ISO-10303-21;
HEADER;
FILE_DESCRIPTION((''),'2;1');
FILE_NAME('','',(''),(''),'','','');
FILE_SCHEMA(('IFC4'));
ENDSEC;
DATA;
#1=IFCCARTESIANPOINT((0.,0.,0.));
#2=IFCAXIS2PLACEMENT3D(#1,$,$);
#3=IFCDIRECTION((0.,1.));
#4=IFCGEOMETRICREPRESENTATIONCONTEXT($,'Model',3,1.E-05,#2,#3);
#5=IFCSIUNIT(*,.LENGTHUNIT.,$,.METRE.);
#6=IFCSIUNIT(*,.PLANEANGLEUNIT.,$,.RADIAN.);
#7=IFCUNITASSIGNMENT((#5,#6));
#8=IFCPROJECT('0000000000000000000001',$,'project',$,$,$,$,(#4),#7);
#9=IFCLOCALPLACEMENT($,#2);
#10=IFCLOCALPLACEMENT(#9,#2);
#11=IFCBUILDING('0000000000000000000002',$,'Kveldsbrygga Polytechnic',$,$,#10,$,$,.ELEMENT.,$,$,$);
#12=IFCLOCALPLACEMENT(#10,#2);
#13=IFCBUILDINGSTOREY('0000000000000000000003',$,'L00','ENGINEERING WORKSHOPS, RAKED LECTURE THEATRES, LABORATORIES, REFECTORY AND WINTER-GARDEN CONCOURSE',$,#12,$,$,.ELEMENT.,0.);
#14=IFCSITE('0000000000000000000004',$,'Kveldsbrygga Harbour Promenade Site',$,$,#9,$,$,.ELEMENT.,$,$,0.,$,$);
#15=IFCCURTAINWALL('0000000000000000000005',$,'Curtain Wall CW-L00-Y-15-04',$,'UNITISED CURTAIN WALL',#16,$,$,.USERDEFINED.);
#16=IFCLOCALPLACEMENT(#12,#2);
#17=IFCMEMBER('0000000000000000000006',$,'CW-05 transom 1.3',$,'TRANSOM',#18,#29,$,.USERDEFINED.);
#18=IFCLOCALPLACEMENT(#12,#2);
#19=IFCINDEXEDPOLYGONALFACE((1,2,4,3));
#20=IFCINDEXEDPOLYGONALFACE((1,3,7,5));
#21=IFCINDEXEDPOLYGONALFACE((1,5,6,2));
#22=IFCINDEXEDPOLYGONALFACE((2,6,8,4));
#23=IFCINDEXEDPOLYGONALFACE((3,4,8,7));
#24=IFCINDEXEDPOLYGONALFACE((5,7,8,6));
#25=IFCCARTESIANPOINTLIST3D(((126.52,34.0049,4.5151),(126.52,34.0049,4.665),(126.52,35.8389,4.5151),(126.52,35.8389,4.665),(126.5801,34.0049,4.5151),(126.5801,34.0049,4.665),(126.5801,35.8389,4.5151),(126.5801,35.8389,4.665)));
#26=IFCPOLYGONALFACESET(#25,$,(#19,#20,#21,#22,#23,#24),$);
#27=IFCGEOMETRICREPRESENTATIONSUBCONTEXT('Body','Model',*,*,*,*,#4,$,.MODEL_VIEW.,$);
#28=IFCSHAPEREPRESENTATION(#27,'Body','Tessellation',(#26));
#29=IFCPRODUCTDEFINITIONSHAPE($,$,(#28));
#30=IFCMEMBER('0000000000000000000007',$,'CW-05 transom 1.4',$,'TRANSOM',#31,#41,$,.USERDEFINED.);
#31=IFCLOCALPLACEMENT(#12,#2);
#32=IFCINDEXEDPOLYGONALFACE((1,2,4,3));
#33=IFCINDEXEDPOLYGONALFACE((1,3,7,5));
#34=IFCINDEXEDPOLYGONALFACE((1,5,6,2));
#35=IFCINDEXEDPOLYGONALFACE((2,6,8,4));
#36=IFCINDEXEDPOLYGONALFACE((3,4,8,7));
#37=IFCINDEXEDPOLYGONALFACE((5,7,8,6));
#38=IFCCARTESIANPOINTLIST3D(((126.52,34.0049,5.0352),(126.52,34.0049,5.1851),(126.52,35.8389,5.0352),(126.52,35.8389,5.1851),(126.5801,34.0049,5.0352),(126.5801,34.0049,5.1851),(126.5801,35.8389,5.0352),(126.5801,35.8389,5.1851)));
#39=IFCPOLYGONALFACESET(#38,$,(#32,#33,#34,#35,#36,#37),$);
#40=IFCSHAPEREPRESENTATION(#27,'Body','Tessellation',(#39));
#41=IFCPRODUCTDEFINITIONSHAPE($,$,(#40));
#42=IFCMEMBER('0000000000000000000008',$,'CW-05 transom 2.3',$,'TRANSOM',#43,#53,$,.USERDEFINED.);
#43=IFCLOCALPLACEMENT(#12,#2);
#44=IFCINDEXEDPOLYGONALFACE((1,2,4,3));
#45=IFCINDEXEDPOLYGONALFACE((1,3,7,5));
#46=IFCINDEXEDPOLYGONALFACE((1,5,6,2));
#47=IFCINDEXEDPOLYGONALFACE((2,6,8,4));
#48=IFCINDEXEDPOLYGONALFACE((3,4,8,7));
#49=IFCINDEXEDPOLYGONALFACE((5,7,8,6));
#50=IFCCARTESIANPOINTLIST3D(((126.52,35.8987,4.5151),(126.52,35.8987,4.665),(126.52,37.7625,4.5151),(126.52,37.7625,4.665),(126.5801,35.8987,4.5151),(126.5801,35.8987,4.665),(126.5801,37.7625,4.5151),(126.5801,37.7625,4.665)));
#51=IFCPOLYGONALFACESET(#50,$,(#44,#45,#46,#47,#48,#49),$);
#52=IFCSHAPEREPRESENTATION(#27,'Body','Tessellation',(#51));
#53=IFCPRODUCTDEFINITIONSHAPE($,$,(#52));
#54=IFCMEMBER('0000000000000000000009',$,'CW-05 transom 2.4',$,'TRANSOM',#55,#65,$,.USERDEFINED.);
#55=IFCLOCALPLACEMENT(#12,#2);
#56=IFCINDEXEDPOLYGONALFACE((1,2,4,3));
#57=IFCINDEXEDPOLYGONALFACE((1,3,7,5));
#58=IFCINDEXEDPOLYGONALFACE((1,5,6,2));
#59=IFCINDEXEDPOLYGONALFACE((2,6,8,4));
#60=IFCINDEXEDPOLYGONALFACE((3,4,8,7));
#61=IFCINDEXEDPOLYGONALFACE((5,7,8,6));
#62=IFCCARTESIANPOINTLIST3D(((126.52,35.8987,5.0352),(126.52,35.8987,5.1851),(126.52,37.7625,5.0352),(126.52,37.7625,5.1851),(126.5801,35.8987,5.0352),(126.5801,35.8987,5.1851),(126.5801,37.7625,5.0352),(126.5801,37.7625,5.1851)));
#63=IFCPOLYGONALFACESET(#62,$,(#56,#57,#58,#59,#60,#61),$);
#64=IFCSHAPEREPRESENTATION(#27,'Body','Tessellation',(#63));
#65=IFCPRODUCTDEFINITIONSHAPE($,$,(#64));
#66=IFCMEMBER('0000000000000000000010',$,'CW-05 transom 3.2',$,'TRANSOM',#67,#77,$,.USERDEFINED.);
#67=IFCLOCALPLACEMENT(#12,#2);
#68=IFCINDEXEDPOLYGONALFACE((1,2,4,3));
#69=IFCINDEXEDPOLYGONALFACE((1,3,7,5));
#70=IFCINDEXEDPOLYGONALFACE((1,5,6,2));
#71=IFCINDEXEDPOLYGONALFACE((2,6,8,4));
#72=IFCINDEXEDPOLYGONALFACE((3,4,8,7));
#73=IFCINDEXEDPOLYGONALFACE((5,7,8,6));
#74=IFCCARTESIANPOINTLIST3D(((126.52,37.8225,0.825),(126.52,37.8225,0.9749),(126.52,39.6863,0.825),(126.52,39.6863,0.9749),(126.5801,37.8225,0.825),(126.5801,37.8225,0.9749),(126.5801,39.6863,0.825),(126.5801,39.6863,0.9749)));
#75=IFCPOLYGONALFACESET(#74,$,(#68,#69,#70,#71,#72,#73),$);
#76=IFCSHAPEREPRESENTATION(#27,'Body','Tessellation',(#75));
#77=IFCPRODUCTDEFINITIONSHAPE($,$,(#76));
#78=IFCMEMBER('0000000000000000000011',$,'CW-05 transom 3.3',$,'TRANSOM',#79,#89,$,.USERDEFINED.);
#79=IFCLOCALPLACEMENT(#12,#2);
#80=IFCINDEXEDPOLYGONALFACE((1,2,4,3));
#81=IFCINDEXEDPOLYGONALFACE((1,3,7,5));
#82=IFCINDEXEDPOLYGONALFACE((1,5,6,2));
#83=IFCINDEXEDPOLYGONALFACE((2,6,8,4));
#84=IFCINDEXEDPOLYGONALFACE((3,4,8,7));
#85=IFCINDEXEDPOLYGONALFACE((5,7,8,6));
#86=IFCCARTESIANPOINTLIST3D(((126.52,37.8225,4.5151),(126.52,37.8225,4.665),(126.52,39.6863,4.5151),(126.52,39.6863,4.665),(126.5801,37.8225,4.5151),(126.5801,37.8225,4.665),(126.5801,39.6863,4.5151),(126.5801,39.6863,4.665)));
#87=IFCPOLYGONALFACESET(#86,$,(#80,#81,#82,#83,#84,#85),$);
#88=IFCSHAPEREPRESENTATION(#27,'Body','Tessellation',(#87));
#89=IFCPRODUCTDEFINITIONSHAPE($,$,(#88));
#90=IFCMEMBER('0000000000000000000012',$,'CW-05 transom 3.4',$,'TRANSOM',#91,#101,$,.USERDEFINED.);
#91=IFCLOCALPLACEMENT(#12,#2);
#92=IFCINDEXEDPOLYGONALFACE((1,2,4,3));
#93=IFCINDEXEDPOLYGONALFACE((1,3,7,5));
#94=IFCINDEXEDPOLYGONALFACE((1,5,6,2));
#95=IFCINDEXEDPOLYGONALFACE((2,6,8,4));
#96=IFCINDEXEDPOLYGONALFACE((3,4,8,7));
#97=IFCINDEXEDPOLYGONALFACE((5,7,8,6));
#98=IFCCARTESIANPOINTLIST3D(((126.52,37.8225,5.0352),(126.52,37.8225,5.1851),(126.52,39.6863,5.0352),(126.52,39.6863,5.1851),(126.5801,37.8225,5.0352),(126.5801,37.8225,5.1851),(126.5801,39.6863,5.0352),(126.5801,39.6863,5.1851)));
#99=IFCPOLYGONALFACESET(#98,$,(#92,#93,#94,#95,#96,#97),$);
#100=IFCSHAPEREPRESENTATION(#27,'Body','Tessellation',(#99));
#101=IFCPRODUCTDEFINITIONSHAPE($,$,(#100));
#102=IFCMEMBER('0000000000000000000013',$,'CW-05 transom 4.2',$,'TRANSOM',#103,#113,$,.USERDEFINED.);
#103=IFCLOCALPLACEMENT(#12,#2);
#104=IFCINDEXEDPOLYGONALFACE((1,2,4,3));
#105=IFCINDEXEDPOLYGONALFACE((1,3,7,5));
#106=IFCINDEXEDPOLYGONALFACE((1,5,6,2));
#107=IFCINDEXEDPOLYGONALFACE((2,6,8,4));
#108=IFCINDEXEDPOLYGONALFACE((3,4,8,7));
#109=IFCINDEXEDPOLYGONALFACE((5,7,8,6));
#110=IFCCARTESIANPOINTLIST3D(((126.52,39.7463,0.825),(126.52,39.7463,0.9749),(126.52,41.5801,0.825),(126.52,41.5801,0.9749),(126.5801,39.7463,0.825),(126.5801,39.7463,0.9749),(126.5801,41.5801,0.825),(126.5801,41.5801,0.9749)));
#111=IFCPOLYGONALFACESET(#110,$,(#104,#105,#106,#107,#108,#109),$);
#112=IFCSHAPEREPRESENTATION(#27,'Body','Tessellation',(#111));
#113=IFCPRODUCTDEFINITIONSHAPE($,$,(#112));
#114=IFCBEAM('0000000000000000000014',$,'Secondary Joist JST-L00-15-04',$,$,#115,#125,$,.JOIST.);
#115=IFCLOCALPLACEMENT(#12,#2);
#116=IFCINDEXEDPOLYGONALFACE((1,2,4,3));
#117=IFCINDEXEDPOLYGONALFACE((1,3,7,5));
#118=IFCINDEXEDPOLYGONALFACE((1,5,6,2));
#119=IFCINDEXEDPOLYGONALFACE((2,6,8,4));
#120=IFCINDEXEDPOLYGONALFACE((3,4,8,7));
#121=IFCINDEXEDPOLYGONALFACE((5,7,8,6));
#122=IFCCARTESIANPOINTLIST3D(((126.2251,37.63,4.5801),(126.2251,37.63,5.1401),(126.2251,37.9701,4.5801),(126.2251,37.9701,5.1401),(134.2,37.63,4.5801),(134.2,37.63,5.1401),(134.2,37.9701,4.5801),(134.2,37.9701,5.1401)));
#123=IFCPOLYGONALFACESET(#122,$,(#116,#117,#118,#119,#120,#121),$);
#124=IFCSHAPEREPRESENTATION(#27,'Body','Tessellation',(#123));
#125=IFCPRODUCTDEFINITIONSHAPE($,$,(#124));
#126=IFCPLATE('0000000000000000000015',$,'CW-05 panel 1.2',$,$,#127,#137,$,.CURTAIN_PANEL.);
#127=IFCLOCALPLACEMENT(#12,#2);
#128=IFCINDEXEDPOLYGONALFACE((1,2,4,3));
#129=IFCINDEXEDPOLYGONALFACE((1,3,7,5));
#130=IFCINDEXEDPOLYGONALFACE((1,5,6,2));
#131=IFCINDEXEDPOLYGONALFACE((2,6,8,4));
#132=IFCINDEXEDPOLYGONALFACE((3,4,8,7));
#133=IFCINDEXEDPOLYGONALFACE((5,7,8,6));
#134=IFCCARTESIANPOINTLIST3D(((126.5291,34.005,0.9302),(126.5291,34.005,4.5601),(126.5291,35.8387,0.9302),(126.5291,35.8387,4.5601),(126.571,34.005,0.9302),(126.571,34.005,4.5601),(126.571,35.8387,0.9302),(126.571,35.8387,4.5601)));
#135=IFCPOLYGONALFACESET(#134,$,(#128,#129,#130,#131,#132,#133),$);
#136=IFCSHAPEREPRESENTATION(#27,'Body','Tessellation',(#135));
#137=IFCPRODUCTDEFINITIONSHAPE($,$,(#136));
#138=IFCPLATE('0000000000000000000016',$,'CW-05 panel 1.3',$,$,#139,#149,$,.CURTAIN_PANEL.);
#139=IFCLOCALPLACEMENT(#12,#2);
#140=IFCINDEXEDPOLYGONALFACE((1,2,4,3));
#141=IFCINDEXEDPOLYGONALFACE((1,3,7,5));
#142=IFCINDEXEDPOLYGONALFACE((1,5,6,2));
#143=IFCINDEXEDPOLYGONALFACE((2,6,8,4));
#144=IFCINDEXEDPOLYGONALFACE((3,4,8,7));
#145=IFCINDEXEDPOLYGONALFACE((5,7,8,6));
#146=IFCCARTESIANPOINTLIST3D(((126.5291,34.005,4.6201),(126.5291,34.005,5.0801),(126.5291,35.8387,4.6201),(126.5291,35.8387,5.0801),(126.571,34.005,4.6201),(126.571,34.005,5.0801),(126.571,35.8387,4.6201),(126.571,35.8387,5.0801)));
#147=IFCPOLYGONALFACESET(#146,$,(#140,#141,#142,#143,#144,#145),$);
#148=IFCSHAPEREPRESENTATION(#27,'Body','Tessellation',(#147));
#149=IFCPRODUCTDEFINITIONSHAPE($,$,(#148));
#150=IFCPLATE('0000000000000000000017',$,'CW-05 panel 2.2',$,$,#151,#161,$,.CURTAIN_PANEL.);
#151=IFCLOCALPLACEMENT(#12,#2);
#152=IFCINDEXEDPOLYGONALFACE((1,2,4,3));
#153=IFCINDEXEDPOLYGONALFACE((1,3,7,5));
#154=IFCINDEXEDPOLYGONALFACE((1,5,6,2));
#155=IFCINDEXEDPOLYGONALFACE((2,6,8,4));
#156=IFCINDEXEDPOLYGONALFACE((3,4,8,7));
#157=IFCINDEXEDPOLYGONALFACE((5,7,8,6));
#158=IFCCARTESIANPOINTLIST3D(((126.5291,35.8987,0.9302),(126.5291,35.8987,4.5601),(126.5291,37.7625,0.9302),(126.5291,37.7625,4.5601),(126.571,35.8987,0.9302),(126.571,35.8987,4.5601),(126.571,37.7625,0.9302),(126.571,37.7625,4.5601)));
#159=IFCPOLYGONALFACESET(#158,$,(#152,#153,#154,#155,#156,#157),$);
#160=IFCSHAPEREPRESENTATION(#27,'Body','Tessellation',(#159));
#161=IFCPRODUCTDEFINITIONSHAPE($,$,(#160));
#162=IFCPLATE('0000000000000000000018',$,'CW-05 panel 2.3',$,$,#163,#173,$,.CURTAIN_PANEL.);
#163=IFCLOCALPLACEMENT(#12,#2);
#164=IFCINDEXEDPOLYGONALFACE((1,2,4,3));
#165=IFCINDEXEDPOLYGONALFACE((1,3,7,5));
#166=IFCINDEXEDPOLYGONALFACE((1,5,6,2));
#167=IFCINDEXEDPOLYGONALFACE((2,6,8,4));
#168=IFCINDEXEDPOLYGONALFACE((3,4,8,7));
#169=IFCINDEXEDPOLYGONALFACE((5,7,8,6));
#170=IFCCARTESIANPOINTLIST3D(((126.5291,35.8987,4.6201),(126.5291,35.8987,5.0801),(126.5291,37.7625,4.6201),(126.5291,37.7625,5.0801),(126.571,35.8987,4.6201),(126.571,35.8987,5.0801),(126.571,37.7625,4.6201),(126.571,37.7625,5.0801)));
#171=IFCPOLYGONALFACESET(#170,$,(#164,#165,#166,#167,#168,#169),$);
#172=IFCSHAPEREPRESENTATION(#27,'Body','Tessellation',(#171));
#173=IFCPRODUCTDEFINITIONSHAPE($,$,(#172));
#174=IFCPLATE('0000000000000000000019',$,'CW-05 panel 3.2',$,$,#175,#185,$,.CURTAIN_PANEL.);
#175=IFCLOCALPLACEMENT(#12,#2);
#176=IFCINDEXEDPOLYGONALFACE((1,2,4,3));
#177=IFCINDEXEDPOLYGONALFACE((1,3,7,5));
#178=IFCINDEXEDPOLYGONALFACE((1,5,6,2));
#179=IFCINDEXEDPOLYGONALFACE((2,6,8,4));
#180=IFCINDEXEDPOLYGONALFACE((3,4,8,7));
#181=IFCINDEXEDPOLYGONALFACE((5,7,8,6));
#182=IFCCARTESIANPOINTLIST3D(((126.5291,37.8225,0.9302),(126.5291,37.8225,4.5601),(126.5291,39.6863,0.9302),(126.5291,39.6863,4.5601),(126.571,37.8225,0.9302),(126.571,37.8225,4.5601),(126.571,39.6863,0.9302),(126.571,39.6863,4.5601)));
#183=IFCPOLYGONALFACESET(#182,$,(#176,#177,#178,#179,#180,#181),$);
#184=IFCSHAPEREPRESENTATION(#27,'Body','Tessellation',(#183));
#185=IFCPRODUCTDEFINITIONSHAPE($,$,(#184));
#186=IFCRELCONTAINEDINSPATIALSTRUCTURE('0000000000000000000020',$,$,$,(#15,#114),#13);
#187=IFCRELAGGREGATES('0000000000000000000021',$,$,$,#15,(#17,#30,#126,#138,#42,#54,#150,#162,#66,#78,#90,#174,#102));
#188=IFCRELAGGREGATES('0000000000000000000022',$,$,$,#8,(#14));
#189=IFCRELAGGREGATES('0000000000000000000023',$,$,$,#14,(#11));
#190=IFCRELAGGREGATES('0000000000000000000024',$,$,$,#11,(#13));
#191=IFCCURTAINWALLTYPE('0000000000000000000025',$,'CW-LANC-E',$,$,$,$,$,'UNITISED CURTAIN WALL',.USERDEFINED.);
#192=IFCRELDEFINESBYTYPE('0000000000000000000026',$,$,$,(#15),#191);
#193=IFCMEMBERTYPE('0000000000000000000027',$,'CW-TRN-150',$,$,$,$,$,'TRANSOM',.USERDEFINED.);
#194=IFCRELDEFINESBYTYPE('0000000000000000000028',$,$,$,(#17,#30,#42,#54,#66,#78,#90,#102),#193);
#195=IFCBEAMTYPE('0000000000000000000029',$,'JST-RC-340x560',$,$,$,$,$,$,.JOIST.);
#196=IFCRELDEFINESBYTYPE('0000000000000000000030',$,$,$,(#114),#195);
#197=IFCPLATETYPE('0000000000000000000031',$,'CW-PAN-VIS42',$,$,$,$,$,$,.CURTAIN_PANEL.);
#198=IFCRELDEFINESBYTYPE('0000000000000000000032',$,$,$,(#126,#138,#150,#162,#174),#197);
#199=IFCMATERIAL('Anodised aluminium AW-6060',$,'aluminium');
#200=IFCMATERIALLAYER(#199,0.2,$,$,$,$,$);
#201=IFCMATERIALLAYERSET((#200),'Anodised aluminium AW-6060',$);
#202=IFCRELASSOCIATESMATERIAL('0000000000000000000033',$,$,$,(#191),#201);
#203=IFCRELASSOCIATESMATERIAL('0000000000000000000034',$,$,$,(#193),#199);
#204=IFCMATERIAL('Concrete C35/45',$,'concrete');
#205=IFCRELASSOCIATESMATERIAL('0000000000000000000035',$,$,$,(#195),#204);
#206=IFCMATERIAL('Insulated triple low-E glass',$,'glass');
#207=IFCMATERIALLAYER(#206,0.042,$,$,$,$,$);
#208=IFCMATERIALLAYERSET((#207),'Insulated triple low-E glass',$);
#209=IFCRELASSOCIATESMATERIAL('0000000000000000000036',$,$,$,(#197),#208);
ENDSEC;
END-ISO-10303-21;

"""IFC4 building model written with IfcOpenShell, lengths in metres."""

from ifc_helpers import new_model, si_unit, direction, frame, origin, origin_2d, place, context, subcontext, project, spatial, rectangle, extrude, material, layer, layer_set, material_profile, profile_set, type_object, element, aggregate, save


model = new_model("IFC4")

# Units and contexts
model_context = context("Model", 3, precision=1e-05, world=origin(), true_north=direction((0.0, 1.0)))
body_context = subcontext(model_context, "Body", "Model", "MODEL_VIEW")
ifc_project = project(units=[si_unit("LENGTHUNIT", "METRE"), si_unit("PLANEANGLEUNIT", "RADIAN")], contexts=[model_context])

# Site, building, storey
site_placement = place(None, origin())
site = spatial("IfcSite", under=ifc_project, at=site_placement, Name="Kveldsbrygga Harbour Promenade Site", CompositionType="ELEMENT", RefElevation=0.0)
building_placement = place(site_placement, origin())
building = spatial("IfcBuilding", under=site, at=building_placement, Name="Kveldsbrygga Polytechnic", CompositionType="ELEMENT")
storey_placement = place(building_placement, origin())
storey = spatial("IfcBuildingStorey", under=building, at=storey_placement, Name="L00", Description="ENGINEERING WORKSHOPS, RAKED LECTURE THEATRES, LABORATORIES, REFECTORY AND WINTER-GARDEN CONCOURSE", CompositionType="ELEMENT", Elevation=0.0)

# Curtain wall, members
ifc_material_1 = material(Name="Anodised aluminium AW-6060", Category="aluminium")
ifc_layer_1 = layer(ifc_material_1, 0.2)
ifc_layer_set_1 = layer_set([ifc_layer_1], Name="Anodised aluminium AW-6060")
curtain_wall_type = type_object("IfcCurtainWallType", Name="CW-LANC-E", ElementType="UNITISED CURTAIN WALL", PredefinedType="USERDEFINED", material=ifc_layer_set_1)
curtain_wall_placement = place(storey_placement, origin())
curtain_wall = element("IfcCurtainWall", 1, at=curtain_wall_placement, inside=storey, type_object=curtain_wall_type, Name="Curtain Wall CW-L00-Y-15-04", ObjectType="UNITISED CURTAIN WALL", PredefinedType="USERDEFINED")
ifc_material_profile_1 = material_profile(ifc_material_1, rectangle(XDim=0.0601, YDim=0.1499, at=origin_2d()), Name="ALU 60x150")
ifc_profile_set_1 = profile_set([ifc_material_profile_1], Name="Anodised aluminium AW-6060")
member_type = type_object("IfcMemberType", Name="CW-TRN-150", ElementType="TRANSOM", PredefinedType="USERDEFINED", material=ifc_profile_set_1)
member_1_placement = place(storey_placement, frame((126.55, 34.0049, 4.5901), z_axis=(0.0, 1.0, 0.0), x_axis=(-1.0, 0.0, 0.0)))
member_1 = element("IfcMember", 2, at=member_1_placement, type_object=member_type, Name="CW-05 transom 1.3", ObjectType="TRANSOM", PredefinedType="USERDEFINED", context=body_context, shape_type="SweptSolid", body=[
    extrude(rectangle(XDim=0.0601, YDim=0.1499, at=origin_2d()), origin(), (0.0, 0.0, 1.0), 1.834),
])
member_2_placement = place(storey_placement, frame((126.55, 34.0049, 5.1101), z_axis=(0.0, 1.0, 0.0), x_axis=(-1.0, 0.0, 0.0)))
member_2 = element("IfcMember", 3, at=member_2_placement, type_object=member_type, Name="CW-05 transom 1.4", ObjectType="TRANSOM", PredefinedType="USERDEFINED", context=body_context, shape_type="SweptSolid", body=[
    extrude(rectangle(XDim=0.0601, YDim=0.1499, at=origin_2d()), origin(), (0.0, 0.0, 1.0), 1.834),
])
member_3_placement = place(storey_placement, frame((126.55, 35.8987, 4.5901), z_axis=(0.0, 1.0, 0.0), x_axis=(-1.0, 0.0, 0.0)))
member_3 = element("IfcMember", 4, at=member_3_placement, type_object=member_type, Name="CW-05 transom 2.3", ObjectType="TRANSOM", PredefinedType="USERDEFINED", context=body_context, shape_type="SweptSolid", body=[
    extrude(rectangle(XDim=0.0601, YDim=0.1499, at=origin_2d()), origin(), (0.0, 0.0, 1.0), 1.8638),
])
member_4_placement = place(storey_placement, frame((126.55, 35.8987, 5.1101), z_axis=(0.0, 1.0, 0.0), x_axis=(-1.0, 0.0, 0.0)))
member_4 = element("IfcMember", 5, at=member_4_placement, type_object=member_type, Name="CW-05 transom 2.4", ObjectType="TRANSOM", PredefinedType="USERDEFINED", context=body_context, shape_type="SweptSolid", body=[
    extrude(rectangle(XDim=0.0601, YDim=0.1499, at=origin_2d()), origin(), (0.0, 0.0, 1.0), 1.8638),
])
member_5_placement = place(storey_placement, frame((126.55, 37.8225, 0.8999), z_axis=(0.0, 1.0, 0.0), x_axis=(-1.0, 0.0, 0.0)))
member_5 = element("IfcMember", 6, at=member_5_placement, type_object=member_type, Name="CW-05 transom 3.2", ObjectType="TRANSOM", PredefinedType="USERDEFINED", context=body_context, shape_type="SweptSolid", body=[
    extrude(rectangle(XDim=0.0601, YDim=0.1499, at=origin_2d()), origin(), (0.0, 0.0, 1.0), 1.8638),
])
member_6_placement = place(storey_placement, frame((126.55, 37.8225, 4.5901), z_axis=(0.0, 1.0, 0.0), x_axis=(-1.0, 0.0, 0.0)))
member_6 = element("IfcMember", 7, at=member_6_placement, type_object=member_type, Name="CW-05 transom 3.3", ObjectType="TRANSOM", PredefinedType="USERDEFINED", context=body_context, shape_type="SweptSolid", body=[
    extrude(rectangle(XDim=0.0601, YDim=0.1499, at=origin_2d()), origin(), (0.0, 0.0, 1.0), 1.8638),
])
member_7_placement = place(storey_placement, frame((126.55, 37.8225, 5.1101), z_axis=(0.0, 1.0, 0.0), x_axis=(-1.0, 0.0, 0.0)))
member_7 = element("IfcMember", 8, at=member_7_placement, type_object=member_type, Name="CW-05 transom 3.4", ObjectType="TRANSOM", PredefinedType="USERDEFINED", context=body_context, shape_type="SweptSolid", body=[
    extrude(rectangle(XDim=0.0601, YDim=0.1499, at=origin_2d()), origin(), (0.0, 0.0, 1.0), 1.8638),
])
member_8_placement = place(storey_placement, frame((126.55, 39.7463, 0.8999), z_axis=(0.0, 1.0, 0.0), x_axis=(-1.0, 0.0, 0.0)))
member_8 = element("IfcMember", 9, at=member_8_placement, type_object=member_type, Name="CW-05 transom 4.2", ObjectType="TRANSOM", PredefinedType="USERDEFINED", context=body_context, shape_type="SweptSolid", body=[
    extrude(rectangle(XDim=0.0601, YDim=0.1499, at=origin_2d()), origin(), (0.0, 0.0, 1.0), 1.8337),
])

# Beam
ifc_material_2 = material(Name="Concrete C35/45", Category="concrete")
ifc_material_profile_2 = material_profile(ifc_material_2, rectangle(XDim=0.3401, YDim=0.5601, at=origin_2d()), Name="RC 340x560")
ifc_profile_set_2 = profile_set([ifc_material_profile_2], Name="Concrete C35/45")
beam_type = type_object("IfcBeamType", Name="JST-RC-340x560", PredefinedType="JOIST", material=ifc_profile_set_2)
beam_placement = place(storey_placement, frame((126.2251, 37.8, 4.8601), z_axis=(1.0, 0.0, 0.0), x_axis=(0.0, 1.0, 0.0)))
element("IfcBeam", 10, at=beam_placement, inside=storey, type_object=beam_type, Name="Secondary Joist JST-L00-15-04", PredefinedType="JOIST", context=body_context, shape_type="SweptSolid", body=[
    extrude(rectangle(XDim=0.3401, YDim=0.5601, at=origin_2d()), origin(), (0.0, 0.0, 1.0), 7.9749),
])

# Plates
ifc_material_3 = material(Name="Insulated triple low-E glass", Category="glass")
ifc_layer_2 = layer(ifc_material_3, 0.042)
ifc_layer_set_2 = layer_set([ifc_layer_2], Name="Insulated triple low-E glass")
plate_type = type_object("IfcPlateType", Name="CW-PAN-VIS42", PredefinedType="CURTAIN_PANEL", material=ifc_layer_set_2)
plate_1_placement = place(storey_placement, frame((126.55, 34.9219, 0.9302), z_axis=(0.0, 0.0, 1.0), x_axis=(0.0, 1.0, 0.0)))
plate_1 = element("IfcPlate", 11, at=plate_1_placement, type_object=plate_type, Name="CW-05 panel 1.2", PredefinedType="CURTAIN_PANEL", context=body_context, shape_type="SweptSolid", body=[
    extrude(rectangle(XDim=1.8337, YDim=0.042, at=origin_2d()), origin(), (0.0, 0.0, 1.0), 3.6299),
])
plate_2_placement = place(storey_placement, frame((126.55, 34.9219, 4.6201), z_axis=(0.0, 0.0, 1.0), x_axis=(0.0, 1.0, 0.0)))
plate_2 = element("IfcPlate", 12, at=plate_2_placement, type_object=plate_type, Name="CW-05 panel 1.3", PredefinedType="CURTAIN_PANEL", context=body_context, shape_type="SweptSolid", body=[
    extrude(rectangle(XDim=1.8337, YDim=0.042, at=origin_2d()), origin(), (0.0, 0.0, 1.0), 0.46),
])
plate_3_placement = place(storey_placement, frame((126.55, 36.8306, 0.9302), z_axis=(0.0, 0.0, 1.0), x_axis=(0.0, 1.0, 0.0)))
plate_3 = element("IfcPlate", 13, at=plate_3_placement, type_object=plate_type, Name="CW-05 panel 2.2", PredefinedType="CURTAIN_PANEL", context=body_context, shape_type="SweptSolid", body=[
    extrude(rectangle(XDim=1.8638, YDim=0.042, at=origin_2d()), origin(), (0.0, 0.0, 1.0), 3.6299),
])
plate_4_placement = place(storey_placement, frame((126.55, 36.8306, 4.6201), z_axis=(0.0, 0.0, 1.0), x_axis=(0.0, 1.0, 0.0)))
plate_4 = element("IfcPlate", 14, at=plate_4_placement, type_object=plate_type, Name="CW-05 panel 2.3", PredefinedType="CURTAIN_PANEL", context=body_context, shape_type="SweptSolid", body=[
    extrude(rectangle(XDim=1.8638, YDim=0.042, at=origin_2d()), origin(), (0.0, 0.0, 1.0), 0.46),
])
plate_5_placement = place(storey_placement, frame((126.55, 38.7544, 0.9302), z_axis=(0.0, 0.0, 1.0), x_axis=(0.0, 1.0, 0.0)))
plate_5 = element("IfcPlate", 15, at=plate_5_placement, type_object=plate_type, Name="CW-05 panel 3.2", PredefinedType="CURTAIN_PANEL", context=body_context, shape_type="SweptSolid", body=[
    extrude(rectangle(XDim=1.8638, YDim=0.042, at=origin_2d()), origin(), (0.0, 0.0, 1.0), 3.6299),
])
aggregate(curtain_wall, [member_1, member_2, plate_1, plate_2, member_3, member_4, plate_3, plate_4, member_5, member_6, member_7, plate_5, member_8])

save(model, "model.ifc")
